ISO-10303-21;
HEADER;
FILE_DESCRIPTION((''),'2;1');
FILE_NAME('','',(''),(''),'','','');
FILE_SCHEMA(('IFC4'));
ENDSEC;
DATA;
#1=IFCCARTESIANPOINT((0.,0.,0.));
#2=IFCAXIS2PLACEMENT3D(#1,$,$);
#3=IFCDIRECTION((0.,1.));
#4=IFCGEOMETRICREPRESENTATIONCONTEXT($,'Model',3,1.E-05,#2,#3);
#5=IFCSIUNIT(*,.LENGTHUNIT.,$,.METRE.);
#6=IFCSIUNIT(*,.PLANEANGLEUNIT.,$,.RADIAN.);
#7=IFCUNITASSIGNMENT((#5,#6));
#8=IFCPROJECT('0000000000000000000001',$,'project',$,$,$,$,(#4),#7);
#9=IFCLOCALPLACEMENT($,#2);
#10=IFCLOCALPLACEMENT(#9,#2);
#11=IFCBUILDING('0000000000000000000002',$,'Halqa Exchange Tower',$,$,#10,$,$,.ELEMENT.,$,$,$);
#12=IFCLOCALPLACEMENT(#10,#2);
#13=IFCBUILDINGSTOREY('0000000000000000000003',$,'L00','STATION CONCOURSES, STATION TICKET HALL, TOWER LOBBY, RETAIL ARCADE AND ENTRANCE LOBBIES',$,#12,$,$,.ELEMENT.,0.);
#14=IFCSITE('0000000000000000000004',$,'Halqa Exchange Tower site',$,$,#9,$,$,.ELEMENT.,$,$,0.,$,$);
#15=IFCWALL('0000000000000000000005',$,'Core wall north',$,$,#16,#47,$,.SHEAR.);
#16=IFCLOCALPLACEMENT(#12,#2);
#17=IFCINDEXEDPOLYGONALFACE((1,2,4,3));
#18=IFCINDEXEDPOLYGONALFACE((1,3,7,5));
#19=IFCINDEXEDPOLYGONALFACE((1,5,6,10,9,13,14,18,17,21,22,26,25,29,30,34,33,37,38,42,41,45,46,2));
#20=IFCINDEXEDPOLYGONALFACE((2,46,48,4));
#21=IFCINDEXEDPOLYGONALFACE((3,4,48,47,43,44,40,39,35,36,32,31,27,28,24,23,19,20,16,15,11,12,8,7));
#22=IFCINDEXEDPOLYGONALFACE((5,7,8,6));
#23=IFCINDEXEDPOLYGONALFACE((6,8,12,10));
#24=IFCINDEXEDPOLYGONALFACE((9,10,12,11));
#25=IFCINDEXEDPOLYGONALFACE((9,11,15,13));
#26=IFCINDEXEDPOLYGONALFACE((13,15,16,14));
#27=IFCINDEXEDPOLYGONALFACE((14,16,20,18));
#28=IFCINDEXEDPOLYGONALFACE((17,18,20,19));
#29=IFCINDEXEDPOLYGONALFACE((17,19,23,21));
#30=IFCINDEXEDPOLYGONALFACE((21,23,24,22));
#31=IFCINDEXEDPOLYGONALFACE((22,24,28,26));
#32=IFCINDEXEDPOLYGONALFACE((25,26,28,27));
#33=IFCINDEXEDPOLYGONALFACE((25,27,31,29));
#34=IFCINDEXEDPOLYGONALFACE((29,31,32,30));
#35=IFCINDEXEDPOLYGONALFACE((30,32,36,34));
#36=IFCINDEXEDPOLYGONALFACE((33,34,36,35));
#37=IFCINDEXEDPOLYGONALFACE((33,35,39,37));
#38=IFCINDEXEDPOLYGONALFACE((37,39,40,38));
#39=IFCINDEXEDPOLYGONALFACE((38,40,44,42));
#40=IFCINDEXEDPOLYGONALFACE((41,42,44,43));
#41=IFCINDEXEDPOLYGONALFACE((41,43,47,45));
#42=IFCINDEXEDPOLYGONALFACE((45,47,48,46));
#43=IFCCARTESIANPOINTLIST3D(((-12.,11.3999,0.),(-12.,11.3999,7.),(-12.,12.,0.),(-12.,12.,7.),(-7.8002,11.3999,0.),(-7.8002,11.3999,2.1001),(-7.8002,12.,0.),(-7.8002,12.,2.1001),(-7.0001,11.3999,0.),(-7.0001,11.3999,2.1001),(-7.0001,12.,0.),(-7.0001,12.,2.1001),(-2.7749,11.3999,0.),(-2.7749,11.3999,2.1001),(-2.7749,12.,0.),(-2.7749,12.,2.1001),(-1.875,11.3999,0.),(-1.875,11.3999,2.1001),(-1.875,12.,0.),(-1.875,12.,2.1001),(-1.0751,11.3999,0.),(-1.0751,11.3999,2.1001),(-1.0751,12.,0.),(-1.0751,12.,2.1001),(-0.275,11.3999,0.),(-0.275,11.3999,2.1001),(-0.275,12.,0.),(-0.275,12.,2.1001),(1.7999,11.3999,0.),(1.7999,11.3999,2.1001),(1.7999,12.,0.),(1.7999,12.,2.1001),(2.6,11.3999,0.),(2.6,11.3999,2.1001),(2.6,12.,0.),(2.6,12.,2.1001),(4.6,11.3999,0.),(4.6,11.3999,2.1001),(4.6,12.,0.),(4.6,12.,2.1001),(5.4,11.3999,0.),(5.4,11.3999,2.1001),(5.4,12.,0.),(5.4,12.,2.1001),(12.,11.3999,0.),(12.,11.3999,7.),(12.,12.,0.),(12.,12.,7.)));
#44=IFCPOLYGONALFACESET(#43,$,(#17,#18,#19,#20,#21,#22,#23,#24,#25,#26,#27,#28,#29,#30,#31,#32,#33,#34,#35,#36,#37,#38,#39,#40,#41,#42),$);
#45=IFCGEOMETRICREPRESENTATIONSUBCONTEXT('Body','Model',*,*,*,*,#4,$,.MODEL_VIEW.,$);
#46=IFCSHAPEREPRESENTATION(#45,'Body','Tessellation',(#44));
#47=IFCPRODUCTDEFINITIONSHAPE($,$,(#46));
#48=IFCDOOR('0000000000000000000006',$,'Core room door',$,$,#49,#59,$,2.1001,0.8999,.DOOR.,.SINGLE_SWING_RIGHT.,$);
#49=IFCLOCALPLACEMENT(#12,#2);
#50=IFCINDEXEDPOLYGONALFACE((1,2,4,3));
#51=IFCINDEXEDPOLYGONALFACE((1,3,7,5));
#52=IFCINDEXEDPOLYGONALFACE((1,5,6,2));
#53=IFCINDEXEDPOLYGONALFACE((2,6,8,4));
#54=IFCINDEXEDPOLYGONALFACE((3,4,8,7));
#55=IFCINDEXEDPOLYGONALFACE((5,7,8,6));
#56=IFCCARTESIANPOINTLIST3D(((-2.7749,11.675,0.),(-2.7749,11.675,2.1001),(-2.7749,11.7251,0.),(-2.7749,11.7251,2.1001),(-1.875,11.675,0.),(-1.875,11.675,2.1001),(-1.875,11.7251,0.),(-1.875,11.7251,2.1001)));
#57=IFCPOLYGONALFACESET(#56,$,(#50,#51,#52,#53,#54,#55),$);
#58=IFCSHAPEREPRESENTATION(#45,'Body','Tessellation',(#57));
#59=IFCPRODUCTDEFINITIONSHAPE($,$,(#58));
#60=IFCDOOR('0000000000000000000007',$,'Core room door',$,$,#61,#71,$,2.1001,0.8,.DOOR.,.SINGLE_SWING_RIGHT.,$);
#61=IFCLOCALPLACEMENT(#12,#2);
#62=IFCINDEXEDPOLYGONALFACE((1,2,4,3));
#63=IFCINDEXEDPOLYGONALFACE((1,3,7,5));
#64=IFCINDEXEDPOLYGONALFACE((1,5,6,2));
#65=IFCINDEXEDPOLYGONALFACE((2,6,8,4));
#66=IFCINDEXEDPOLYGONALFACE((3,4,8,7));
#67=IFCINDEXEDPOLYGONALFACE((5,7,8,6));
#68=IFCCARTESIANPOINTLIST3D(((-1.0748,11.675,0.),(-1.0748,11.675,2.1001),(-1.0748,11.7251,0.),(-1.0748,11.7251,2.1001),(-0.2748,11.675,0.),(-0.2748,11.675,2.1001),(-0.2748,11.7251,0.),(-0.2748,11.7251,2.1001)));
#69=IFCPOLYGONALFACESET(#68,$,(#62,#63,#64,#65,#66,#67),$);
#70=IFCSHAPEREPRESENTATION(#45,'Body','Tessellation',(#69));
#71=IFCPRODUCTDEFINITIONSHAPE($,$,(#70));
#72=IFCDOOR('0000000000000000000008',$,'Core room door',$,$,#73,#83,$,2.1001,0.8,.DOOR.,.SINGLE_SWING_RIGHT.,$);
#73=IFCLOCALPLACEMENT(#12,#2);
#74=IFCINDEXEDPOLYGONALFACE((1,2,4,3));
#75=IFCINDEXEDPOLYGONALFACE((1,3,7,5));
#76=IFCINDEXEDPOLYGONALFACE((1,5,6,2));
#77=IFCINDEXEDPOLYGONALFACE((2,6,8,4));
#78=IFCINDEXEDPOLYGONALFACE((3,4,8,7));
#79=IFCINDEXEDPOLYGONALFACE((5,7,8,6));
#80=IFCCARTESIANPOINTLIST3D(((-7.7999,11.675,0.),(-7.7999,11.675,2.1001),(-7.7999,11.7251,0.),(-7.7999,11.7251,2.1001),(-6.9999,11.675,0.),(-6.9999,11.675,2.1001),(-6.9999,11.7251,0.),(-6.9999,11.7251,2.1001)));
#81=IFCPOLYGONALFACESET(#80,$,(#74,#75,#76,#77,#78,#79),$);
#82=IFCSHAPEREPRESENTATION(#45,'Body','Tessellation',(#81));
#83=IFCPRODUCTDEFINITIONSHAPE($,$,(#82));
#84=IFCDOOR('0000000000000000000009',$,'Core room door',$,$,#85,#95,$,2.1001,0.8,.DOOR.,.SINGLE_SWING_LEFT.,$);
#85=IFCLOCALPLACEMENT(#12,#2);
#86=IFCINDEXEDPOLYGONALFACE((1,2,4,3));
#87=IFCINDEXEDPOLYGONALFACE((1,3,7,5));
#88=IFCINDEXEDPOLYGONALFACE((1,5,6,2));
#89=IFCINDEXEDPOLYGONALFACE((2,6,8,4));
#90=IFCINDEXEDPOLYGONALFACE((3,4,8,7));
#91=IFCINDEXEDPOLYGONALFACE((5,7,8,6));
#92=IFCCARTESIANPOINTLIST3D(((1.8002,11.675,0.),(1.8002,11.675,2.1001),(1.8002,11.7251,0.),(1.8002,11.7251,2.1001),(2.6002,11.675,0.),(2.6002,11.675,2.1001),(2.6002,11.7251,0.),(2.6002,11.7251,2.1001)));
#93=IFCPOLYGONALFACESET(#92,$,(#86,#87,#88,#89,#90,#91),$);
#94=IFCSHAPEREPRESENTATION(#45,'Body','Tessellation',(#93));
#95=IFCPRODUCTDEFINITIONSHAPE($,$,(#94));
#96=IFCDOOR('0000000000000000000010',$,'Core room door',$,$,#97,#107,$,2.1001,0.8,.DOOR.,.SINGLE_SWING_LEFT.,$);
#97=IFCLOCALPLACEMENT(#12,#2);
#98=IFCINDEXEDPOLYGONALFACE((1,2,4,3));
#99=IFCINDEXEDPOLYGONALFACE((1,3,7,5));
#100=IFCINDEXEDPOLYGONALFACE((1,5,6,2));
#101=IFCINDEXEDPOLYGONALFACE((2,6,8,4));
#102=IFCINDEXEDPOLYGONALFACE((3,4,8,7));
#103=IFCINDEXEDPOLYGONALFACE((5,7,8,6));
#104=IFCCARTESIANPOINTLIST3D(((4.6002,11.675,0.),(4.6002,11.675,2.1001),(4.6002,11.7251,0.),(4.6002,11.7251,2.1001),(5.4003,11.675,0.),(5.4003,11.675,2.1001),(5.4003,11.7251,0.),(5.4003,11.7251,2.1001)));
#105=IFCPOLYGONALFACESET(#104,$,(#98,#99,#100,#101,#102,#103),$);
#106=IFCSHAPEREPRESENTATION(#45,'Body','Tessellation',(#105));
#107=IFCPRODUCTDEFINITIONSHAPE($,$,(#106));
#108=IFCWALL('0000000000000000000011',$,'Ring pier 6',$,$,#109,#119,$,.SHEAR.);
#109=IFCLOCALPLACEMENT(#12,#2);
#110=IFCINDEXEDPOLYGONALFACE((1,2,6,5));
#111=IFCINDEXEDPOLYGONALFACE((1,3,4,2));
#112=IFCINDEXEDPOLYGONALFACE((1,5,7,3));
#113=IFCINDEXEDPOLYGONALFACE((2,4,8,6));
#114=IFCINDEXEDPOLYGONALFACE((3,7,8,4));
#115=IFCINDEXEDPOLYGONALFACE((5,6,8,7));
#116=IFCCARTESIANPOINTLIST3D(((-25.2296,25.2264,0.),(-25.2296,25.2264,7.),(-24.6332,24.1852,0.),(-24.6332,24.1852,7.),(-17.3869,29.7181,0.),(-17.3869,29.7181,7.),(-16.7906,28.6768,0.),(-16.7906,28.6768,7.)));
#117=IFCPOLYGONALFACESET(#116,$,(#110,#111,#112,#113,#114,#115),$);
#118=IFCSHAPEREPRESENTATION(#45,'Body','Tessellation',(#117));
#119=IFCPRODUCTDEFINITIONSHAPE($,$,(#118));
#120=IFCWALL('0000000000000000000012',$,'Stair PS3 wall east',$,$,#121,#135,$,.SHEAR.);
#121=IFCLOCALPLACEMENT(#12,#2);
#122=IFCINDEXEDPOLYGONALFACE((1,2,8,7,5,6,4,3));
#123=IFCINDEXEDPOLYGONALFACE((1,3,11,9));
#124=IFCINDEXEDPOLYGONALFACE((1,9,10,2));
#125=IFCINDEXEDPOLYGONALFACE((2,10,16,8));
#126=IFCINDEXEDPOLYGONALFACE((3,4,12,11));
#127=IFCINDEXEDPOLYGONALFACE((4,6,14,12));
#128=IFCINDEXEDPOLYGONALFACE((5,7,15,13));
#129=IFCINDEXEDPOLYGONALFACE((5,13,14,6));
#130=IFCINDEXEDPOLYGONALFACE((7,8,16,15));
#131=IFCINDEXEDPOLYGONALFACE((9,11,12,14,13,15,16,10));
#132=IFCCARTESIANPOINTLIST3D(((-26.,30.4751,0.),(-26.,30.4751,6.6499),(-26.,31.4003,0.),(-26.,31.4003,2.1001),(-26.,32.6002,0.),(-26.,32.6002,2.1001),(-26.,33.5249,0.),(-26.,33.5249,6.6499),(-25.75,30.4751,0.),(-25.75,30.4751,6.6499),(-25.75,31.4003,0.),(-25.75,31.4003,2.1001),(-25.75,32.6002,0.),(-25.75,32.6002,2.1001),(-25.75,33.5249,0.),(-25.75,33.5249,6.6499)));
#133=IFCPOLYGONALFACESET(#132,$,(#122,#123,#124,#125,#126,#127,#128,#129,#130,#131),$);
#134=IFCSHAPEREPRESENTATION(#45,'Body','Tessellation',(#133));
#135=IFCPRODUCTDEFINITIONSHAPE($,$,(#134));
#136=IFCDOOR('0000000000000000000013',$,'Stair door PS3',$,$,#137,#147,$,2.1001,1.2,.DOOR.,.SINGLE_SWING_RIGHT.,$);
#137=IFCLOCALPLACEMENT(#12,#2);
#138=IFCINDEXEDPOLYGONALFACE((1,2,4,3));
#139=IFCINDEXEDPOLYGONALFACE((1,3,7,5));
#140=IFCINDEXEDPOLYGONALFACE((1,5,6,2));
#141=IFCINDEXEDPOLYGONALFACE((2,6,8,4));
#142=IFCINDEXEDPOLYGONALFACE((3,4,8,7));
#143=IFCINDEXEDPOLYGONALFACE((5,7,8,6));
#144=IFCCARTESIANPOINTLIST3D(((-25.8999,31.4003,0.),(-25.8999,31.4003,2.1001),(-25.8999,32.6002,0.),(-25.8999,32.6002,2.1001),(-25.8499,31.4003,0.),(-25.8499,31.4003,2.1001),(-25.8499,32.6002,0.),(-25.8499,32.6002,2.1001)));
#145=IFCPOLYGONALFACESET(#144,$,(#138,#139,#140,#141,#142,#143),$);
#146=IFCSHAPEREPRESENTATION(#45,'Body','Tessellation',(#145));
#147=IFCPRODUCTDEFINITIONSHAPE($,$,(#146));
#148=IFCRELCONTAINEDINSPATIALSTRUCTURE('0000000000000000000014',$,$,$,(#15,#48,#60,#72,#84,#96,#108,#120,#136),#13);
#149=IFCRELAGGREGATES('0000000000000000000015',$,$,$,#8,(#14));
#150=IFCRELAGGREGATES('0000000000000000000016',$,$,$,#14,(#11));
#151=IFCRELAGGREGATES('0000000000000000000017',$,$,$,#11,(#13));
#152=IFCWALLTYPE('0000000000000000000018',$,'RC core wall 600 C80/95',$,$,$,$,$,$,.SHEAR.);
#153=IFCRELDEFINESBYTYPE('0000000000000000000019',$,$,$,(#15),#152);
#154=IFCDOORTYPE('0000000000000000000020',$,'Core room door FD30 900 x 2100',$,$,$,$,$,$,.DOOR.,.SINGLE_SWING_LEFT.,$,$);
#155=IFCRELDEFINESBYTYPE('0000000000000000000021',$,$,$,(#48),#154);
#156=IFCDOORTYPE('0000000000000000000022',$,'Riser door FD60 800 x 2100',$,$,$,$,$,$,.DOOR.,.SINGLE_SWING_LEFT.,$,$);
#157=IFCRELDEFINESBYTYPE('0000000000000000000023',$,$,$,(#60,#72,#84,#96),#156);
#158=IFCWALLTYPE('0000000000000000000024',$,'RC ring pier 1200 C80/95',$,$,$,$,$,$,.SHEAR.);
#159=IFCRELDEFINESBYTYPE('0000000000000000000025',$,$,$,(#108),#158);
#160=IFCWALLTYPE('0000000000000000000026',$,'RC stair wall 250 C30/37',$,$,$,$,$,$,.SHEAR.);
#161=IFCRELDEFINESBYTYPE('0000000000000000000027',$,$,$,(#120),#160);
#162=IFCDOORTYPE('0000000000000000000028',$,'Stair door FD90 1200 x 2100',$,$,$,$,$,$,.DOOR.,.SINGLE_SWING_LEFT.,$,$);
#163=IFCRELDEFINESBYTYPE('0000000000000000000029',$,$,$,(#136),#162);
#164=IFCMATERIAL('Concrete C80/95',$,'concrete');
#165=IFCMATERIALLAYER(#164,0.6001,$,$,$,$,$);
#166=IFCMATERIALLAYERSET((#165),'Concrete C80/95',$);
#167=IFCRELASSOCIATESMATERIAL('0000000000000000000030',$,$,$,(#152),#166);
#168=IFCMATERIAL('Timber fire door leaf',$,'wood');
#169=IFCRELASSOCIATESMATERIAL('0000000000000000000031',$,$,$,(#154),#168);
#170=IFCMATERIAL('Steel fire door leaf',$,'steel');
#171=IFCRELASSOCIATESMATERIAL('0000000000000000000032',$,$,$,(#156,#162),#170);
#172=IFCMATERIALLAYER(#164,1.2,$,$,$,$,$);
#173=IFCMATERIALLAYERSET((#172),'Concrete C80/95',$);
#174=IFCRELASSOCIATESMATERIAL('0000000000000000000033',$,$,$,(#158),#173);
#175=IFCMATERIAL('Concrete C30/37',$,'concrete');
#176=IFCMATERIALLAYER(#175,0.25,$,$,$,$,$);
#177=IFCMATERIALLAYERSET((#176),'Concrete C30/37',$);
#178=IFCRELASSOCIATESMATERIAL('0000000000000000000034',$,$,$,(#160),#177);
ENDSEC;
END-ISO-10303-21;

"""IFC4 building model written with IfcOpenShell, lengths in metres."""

from ifc_helpers import new_model, si_unit, direction, frame, frame_2d, origin, place, context, subcontext, project, spatial, rectangle, extrude, material, layer, layer_set, type_object, element, fill, save


model = new_model("IFC4")

# Units and contexts
model_context = context("Model", 3, precision=1e-05, world=origin(), true_north=direction((0.0, 1.0)))
body_context = subcontext(model_context, "Body", "Model", "MODEL_VIEW")
ifc_project = project(units=[si_unit("LENGTHUNIT", "METRE"), si_unit("PLANEANGLEUNIT", "RADIAN")], contexts=[model_context])

# Site, building, storey
site_placement = place(None, origin())
site = spatial("IfcSite", under=ifc_project, at=site_placement, Name="Halqa Exchange Tower site", CompositionType="ELEMENT", RefElevation=0.0)
building_placement = place(site_placement, origin())
building = spatial("IfcBuilding", under=site, at=building_placement, Name="Halqa Exchange Tower", CompositionType="ELEMENT")
storey_placement = place(building_placement, origin())
storey = spatial("IfcBuildingStorey", under=building, at=storey_placement, Name="L00", Description="STATION CONCOURSES, STATION TICKET HALL, TOWER LOBBY, RETAIL ARCADE AND ENTRANCE LOBBIES", CompositionType="ELEMENT", Elevation=0.0)

# Shared definitions
ifc_material_1 = material(Name="Steel fire door leaf", Category="steel")

# Shared definitions
ifc_material_2 = material(Name="Concrete C30/37", Category="concrete")

# Wall, openings, doors
ifc_material_3 = material(Name="Concrete C80/95", Category="concrete")
ifc_layer_1 = layer(ifc_material_3, 0.6001)
ifc_layer_set_1 = layer_set([ifc_layer_1], Name="Concrete C80/95")
wall_type_1 = type_object("IfcWallType", Name="RC core wall 600 C80/95", PredefinedType="SHEAR", material=ifc_layer_set_1)
wall_1_placement = place(storey_placement, frame((-12.0, 11.7, 0.0), z_axis=(0.0, 0.0, 1.0), x_axis=(1.0, 0.0, 0.0)))
wall_1 = element("IfcWall", 1, at=wall_1_placement, inside=storey, type_object=wall_type_1, Name="Core wall north", PredefinedType="SHEAR", context=body_context, shape_type="SweptSolid", body=[
    extrude(rectangle(XDim=24.0, YDim=0.6001, at=frame_2d((12.0, 0.0))), origin(), (0.0, 0.0, 1.0), 7.0),
])
opening_1_placement = place(wall_1_placement, frame((9.2251, 0.0, 0.0)))
opening_1 = element("IfcOpeningElement", 2, at=opening_1_placement, cuts=wall_1, PredefinedType="OPENING", context=body_context, shape_type="SweptSolid", body=[
    extrude(rectangle(XDim=0.8999, YDim=2.1001, at=frame_2d((0.45, 1.05))), frame((0.0, 0.312, 0.0), z_axis=(0.0, -1.0, 0.0), x_axis=(1.0, 0.0, 0.0)), (0.0, 0.0, 1.0), 0.624),
])
opening_2_placement = place(wall_1_placement, frame((10.925, 0.0, 0.0)))
opening_2 = element("IfcOpeningElement", 3, at=opening_2_placement, cuts=wall_1, PredefinedType="OPENING", context=body_context, shape_type="SweptSolid", body=[
    extrude(rectangle(XDim=0.8, YDim=2.1001, at=frame_2d((0.3999, 1.05))), frame((0.0, 0.312, 0.0), z_axis=(0.0, -1.0, 0.0), x_axis=(1.0, 0.0, 0.0)), (0.0, 0.0, 1.0), 0.624),
])
opening_3_placement = place(wall_1_placement, frame((4.2, 0.0, 0.0)))
opening_3 = element("IfcOpeningElement", 4, at=opening_3_placement, cuts=wall_1, PredefinedType="OPENING", context=body_context, shape_type="SweptSolid", body=[
    extrude(rectangle(XDim=0.8, YDim=2.1001, at=frame_2d((0.3999, 1.05))), frame((0.0, 0.312, 0.0), z_axis=(0.0, -1.0, 0.0), x_axis=(1.0, 0.0, 0.0)), (0.0, 0.0, 1.0), 0.624),
])
opening_4_placement = place(wall_1_placement, frame((13.8, 0.0, 0.0)))
opening_4 = element("IfcOpeningElement", 5, at=opening_4_placement, cuts=wall_1, PredefinedType="OPENING", context=body_context, shape_type="SweptSolid", body=[
    extrude(rectangle(XDim=0.8, YDim=2.1001, at=frame_2d((0.3999, 1.05))), frame((0.0, 0.312, 0.0), z_axis=(0.0, -1.0, 0.0), x_axis=(1.0, 0.0, 0.0)), (0.0, 0.0, 1.0), 0.624),
])
opening_5_placement = place(wall_1_placement, frame((16.6001, 0.0, 0.0)))
opening_5 = element("IfcOpeningElement", 6, at=opening_5_placement, cuts=wall_1, PredefinedType="OPENING", context=body_context, shape_type="SweptSolid", body=[
    extrude(rectangle(XDim=0.8, YDim=2.1001, at=frame_2d((0.3999, 1.05))), frame((0.0, 0.312, 0.0), z_axis=(0.0, -1.0, 0.0), x_axis=(1.0, 0.0, 0.0)), (0.0, 0.0, 1.0), 0.624),
])
ifc_material_4 = material(Name="Timber fire door leaf", Category="wood")
door_type_1 = type_object("IfcDoorType", Name="Core room door FD30 900 x 2100", OperationType="SINGLE_SWING_LEFT", PredefinedType="DOOR", material=ifc_material_4)
door_1_placement = place(opening_1_placement, frame((0.8999, 0.0, 0.0), z_axis=(0.0, 0.0, 1.0), x_axis=(-1.0, 0.0, 0.0)))
door_1 = element("IfcDoor", 7, at=door_1_placement, inside=storey, type_object=door_type_1, Name="Core room door", OperationType="SINGLE_SWING_RIGHT", OverallHeight=2.1001, OverallWidth=0.8999, PredefinedType="DOOR", context=body_context, shape_type="SweptSolid", body=[
    extrude(rectangle(XDim=0.8999, YDim=2.1001, at=frame_2d((0.45, 1.05))), frame((0.0, 0.0249, 0.0), z_axis=(0.0, -1.0, 0.0), x_axis=(1.0, 0.0, 0.0)), (0.0, 0.0, 1.0), 0.05),
])
fill(opening_1, door_1)
door_type_2 = type_object("IfcDoorType", Name="Riser door FD60 800 x 2100", OperationType="SINGLE_SWING_LEFT", PredefinedType="DOOR", material=ifc_material_1)
door_2_placement = place(opening_2_placement, frame((0.8, 0.0, 0.0), z_axis=(0.0, 0.0, 1.0), x_axis=(-1.0, 0.0, 0.0)))
door_2 = element("IfcDoor", 8, at=door_2_placement, inside=storey, type_object=door_type_2, Name="Core room door", OperationType="SINGLE_SWING_RIGHT", OverallHeight=2.1001, OverallWidth=0.8, PredefinedType="DOOR", context=body_context, shape_type="SweptSolid", body=[
    extrude(rectangle(XDim=0.8, YDim=2.1001, at=frame_2d((0.3999, 1.05))), frame((0.0, 0.0249, 0.0), z_axis=(0.0, -1.0, 0.0), x_axis=(1.0, 0.0, 0.0)), (0.0, 0.0, 1.0), 0.05),
])
fill(opening_2, door_2)
door_3_placement = place(opening_3_placement, frame((0.8, 0.0, 0.0), z_axis=(0.0, 0.0, 1.0), x_axis=(-1.0, 0.0, 0.0)))
door_3 = element("IfcDoor", 9, at=door_3_placement, inside=storey, type_object=door_type_2, Name="Core room door", OperationType="SINGLE_SWING_RIGHT", OverallHeight=2.1001, OverallWidth=0.8, PredefinedType="DOOR", context=body_context, shape_type="SweptSolid", body=[
    extrude(rectangle(XDim=0.8, YDim=2.1001, at=frame_2d((0.3999, 1.05))), frame((0.0, 0.0249, 0.0), z_axis=(0.0, -1.0, 0.0), x_axis=(1.0, 0.0, 0.0)), (0.0, 0.0, 1.0), 0.05),
])
fill(opening_3, door_3)
door_4_placement = place(opening_4_placement, frame((0.8, 0.0, 0.0), z_axis=(0.0, 0.0, 1.0), x_axis=(-1.0, 0.0, 0.0)))
door_4 = element("IfcDoor", 10, at=door_4_placement, inside=storey, type_object=door_type_2, Name="Core room door", OperationType="SINGLE_SWING_LEFT", OverallHeight=2.1001, OverallWidth=0.8, PredefinedType="DOOR", context=body_context, shape_type="SweptSolid", body=[
    extrude(rectangle(XDim=0.8, YDim=2.1001, at=frame_2d((0.3999, 1.05))), frame((0.0, 0.0249, 0.0), z_axis=(0.0, -1.0, 0.0), x_axis=(1.0, 0.0, 0.0)), (0.0, 0.0, 1.0), 0.05),
])
fill(opening_4, door_4)
door_5_placement = place(opening_5_placement, frame((0.8, 0.0, 0.0), z_axis=(0.0, 0.0, 1.0), x_axis=(-1.0, 0.0, 0.0)))
door_5 = element("IfcDoor", 11, at=door_5_placement, inside=storey, type_object=door_type_2, Name="Core room door", OperationType="SINGLE_SWING_LEFT", OverallHeight=2.1001, OverallWidth=0.8, PredefinedType="DOOR", context=body_context, shape_type="SweptSolid", body=[
    extrude(rectangle(XDim=0.8, YDim=2.1001, at=frame_2d((0.3999, 1.05))), frame((0.0, 0.0249, 0.0), z_axis=(0.0, -1.0, 0.0), x_axis=(1.0, 0.0, 0.0)), (0.0, 0.0, 1.0), 0.05),
])
fill(opening_5, door_5)

# Wall
ifc_layer_2 = layer(ifc_material_3, 1.2)
ifc_layer_set_2 = layer_set([ifc_layer_2], Name="Concrete C80/95")
wall_type_2 = type_object("IfcWallType", Name="RC ring pier 1200 C80/95", PredefinedType="SHEAR", material=ifc_layer_set_2)
wall_2_placement = place(storey_placement, frame((-17.0886, 29.1975, 0.0), z_axis=(0.0, 0.0, 1.0), x_axis=(-0.867761, -0.496982, 0.0)))
element("IfcWall", 12, at=wall_2_placement, inside=storey, type_object=wall_type_2, Name="Ring pier 6", PredefinedType="SHEAR", context=body_context, shape_type="SweptSolid", body=[
    extrude(rectangle(XDim=9.0378, YDim=1.2, at=frame_2d((4.519, 0.0))), origin(), (0.0, 0.0, 1.0), 7.0),
])

# Wall, opening, door
ifc_layer_3 = layer(ifc_material_2, 0.25)
ifc_layer_set_3 = layer_set([ifc_layer_3], Name="Concrete C30/37")
wall_type_3 = type_object("IfcWallType", Name="RC stair wall 250 C30/37", PredefinedType="SHEAR", material=ifc_layer_set_3)
wall_3_placement = place(storey_placement, frame((-25.875, 30.4751, 0.0), z_axis=(0.0, 0.0, 1.0), x_axis=(0.0, 1.0, 0.0)))
wall_3 = element("IfcWall", 13, at=wall_3_placement, inside=storey, type_object=wall_type_3, Name="Stair PS3 wall east", PredefinedType="SHEAR", context=body_context, shape_type="SweptSolid", body=[
    extrude(rectangle(XDim=3.0498, YDim=0.25, at=frame_2d((1.5249, 0.0))), origin(), (0.0, 0.0, 1.0), 6.6499),
])
opening_6_placement = place(wall_3_placement, frame((0.925, 0.0, 0.0)))
opening_6 = element("IfcOpeningElement", 14, at=opening_6_placement, cuts=wall_3, PredefinedType="OPENING", context=body_context, shape_type="SweptSolid", body=[
    extrude(rectangle(XDim=1.2, YDim=2.1001, at=frame_2d((0.6001, 1.05))), frame((0.0, 0.137, 0.0), z_axis=(0.0, -1.0, 0.0), x_axis=(1.0, 0.0, 0.0)), (0.0, 0.0, 1.0), 0.2739),
])
door_type_3 = type_object("IfcDoorType", Name="Stair door FD90 1200 x 2100", OperationType="SINGLE_SWING_LEFT", PredefinedType="DOOR", material=ifc_material_1)
door_6_placement = place(opening_6_placement, origin())
door_6 = element("IfcDoor", 15, at=door_6_placement, inside=storey, type_object=door_type_3, Name="Stair door PS3", OperationType="SINGLE_SWING_RIGHT", OverallHeight=2.1001, OverallWidth=1.2, PredefinedType="DOOR", context=body_context, shape_type="SweptSolid", body=[
    extrude(rectangle(XDim=1.2, YDim=2.1001, at=frame_2d((0.6001, 1.05))), frame((0.0, 0.0249, 0.0), z_axis=(0.0, -1.0, 0.0), x_axis=(1.0, 0.0, 0.0)), (0.0, 0.0, 1.0), 0.05),
])
fill(opening_6, door_6)

save(model, "model.ifc")
